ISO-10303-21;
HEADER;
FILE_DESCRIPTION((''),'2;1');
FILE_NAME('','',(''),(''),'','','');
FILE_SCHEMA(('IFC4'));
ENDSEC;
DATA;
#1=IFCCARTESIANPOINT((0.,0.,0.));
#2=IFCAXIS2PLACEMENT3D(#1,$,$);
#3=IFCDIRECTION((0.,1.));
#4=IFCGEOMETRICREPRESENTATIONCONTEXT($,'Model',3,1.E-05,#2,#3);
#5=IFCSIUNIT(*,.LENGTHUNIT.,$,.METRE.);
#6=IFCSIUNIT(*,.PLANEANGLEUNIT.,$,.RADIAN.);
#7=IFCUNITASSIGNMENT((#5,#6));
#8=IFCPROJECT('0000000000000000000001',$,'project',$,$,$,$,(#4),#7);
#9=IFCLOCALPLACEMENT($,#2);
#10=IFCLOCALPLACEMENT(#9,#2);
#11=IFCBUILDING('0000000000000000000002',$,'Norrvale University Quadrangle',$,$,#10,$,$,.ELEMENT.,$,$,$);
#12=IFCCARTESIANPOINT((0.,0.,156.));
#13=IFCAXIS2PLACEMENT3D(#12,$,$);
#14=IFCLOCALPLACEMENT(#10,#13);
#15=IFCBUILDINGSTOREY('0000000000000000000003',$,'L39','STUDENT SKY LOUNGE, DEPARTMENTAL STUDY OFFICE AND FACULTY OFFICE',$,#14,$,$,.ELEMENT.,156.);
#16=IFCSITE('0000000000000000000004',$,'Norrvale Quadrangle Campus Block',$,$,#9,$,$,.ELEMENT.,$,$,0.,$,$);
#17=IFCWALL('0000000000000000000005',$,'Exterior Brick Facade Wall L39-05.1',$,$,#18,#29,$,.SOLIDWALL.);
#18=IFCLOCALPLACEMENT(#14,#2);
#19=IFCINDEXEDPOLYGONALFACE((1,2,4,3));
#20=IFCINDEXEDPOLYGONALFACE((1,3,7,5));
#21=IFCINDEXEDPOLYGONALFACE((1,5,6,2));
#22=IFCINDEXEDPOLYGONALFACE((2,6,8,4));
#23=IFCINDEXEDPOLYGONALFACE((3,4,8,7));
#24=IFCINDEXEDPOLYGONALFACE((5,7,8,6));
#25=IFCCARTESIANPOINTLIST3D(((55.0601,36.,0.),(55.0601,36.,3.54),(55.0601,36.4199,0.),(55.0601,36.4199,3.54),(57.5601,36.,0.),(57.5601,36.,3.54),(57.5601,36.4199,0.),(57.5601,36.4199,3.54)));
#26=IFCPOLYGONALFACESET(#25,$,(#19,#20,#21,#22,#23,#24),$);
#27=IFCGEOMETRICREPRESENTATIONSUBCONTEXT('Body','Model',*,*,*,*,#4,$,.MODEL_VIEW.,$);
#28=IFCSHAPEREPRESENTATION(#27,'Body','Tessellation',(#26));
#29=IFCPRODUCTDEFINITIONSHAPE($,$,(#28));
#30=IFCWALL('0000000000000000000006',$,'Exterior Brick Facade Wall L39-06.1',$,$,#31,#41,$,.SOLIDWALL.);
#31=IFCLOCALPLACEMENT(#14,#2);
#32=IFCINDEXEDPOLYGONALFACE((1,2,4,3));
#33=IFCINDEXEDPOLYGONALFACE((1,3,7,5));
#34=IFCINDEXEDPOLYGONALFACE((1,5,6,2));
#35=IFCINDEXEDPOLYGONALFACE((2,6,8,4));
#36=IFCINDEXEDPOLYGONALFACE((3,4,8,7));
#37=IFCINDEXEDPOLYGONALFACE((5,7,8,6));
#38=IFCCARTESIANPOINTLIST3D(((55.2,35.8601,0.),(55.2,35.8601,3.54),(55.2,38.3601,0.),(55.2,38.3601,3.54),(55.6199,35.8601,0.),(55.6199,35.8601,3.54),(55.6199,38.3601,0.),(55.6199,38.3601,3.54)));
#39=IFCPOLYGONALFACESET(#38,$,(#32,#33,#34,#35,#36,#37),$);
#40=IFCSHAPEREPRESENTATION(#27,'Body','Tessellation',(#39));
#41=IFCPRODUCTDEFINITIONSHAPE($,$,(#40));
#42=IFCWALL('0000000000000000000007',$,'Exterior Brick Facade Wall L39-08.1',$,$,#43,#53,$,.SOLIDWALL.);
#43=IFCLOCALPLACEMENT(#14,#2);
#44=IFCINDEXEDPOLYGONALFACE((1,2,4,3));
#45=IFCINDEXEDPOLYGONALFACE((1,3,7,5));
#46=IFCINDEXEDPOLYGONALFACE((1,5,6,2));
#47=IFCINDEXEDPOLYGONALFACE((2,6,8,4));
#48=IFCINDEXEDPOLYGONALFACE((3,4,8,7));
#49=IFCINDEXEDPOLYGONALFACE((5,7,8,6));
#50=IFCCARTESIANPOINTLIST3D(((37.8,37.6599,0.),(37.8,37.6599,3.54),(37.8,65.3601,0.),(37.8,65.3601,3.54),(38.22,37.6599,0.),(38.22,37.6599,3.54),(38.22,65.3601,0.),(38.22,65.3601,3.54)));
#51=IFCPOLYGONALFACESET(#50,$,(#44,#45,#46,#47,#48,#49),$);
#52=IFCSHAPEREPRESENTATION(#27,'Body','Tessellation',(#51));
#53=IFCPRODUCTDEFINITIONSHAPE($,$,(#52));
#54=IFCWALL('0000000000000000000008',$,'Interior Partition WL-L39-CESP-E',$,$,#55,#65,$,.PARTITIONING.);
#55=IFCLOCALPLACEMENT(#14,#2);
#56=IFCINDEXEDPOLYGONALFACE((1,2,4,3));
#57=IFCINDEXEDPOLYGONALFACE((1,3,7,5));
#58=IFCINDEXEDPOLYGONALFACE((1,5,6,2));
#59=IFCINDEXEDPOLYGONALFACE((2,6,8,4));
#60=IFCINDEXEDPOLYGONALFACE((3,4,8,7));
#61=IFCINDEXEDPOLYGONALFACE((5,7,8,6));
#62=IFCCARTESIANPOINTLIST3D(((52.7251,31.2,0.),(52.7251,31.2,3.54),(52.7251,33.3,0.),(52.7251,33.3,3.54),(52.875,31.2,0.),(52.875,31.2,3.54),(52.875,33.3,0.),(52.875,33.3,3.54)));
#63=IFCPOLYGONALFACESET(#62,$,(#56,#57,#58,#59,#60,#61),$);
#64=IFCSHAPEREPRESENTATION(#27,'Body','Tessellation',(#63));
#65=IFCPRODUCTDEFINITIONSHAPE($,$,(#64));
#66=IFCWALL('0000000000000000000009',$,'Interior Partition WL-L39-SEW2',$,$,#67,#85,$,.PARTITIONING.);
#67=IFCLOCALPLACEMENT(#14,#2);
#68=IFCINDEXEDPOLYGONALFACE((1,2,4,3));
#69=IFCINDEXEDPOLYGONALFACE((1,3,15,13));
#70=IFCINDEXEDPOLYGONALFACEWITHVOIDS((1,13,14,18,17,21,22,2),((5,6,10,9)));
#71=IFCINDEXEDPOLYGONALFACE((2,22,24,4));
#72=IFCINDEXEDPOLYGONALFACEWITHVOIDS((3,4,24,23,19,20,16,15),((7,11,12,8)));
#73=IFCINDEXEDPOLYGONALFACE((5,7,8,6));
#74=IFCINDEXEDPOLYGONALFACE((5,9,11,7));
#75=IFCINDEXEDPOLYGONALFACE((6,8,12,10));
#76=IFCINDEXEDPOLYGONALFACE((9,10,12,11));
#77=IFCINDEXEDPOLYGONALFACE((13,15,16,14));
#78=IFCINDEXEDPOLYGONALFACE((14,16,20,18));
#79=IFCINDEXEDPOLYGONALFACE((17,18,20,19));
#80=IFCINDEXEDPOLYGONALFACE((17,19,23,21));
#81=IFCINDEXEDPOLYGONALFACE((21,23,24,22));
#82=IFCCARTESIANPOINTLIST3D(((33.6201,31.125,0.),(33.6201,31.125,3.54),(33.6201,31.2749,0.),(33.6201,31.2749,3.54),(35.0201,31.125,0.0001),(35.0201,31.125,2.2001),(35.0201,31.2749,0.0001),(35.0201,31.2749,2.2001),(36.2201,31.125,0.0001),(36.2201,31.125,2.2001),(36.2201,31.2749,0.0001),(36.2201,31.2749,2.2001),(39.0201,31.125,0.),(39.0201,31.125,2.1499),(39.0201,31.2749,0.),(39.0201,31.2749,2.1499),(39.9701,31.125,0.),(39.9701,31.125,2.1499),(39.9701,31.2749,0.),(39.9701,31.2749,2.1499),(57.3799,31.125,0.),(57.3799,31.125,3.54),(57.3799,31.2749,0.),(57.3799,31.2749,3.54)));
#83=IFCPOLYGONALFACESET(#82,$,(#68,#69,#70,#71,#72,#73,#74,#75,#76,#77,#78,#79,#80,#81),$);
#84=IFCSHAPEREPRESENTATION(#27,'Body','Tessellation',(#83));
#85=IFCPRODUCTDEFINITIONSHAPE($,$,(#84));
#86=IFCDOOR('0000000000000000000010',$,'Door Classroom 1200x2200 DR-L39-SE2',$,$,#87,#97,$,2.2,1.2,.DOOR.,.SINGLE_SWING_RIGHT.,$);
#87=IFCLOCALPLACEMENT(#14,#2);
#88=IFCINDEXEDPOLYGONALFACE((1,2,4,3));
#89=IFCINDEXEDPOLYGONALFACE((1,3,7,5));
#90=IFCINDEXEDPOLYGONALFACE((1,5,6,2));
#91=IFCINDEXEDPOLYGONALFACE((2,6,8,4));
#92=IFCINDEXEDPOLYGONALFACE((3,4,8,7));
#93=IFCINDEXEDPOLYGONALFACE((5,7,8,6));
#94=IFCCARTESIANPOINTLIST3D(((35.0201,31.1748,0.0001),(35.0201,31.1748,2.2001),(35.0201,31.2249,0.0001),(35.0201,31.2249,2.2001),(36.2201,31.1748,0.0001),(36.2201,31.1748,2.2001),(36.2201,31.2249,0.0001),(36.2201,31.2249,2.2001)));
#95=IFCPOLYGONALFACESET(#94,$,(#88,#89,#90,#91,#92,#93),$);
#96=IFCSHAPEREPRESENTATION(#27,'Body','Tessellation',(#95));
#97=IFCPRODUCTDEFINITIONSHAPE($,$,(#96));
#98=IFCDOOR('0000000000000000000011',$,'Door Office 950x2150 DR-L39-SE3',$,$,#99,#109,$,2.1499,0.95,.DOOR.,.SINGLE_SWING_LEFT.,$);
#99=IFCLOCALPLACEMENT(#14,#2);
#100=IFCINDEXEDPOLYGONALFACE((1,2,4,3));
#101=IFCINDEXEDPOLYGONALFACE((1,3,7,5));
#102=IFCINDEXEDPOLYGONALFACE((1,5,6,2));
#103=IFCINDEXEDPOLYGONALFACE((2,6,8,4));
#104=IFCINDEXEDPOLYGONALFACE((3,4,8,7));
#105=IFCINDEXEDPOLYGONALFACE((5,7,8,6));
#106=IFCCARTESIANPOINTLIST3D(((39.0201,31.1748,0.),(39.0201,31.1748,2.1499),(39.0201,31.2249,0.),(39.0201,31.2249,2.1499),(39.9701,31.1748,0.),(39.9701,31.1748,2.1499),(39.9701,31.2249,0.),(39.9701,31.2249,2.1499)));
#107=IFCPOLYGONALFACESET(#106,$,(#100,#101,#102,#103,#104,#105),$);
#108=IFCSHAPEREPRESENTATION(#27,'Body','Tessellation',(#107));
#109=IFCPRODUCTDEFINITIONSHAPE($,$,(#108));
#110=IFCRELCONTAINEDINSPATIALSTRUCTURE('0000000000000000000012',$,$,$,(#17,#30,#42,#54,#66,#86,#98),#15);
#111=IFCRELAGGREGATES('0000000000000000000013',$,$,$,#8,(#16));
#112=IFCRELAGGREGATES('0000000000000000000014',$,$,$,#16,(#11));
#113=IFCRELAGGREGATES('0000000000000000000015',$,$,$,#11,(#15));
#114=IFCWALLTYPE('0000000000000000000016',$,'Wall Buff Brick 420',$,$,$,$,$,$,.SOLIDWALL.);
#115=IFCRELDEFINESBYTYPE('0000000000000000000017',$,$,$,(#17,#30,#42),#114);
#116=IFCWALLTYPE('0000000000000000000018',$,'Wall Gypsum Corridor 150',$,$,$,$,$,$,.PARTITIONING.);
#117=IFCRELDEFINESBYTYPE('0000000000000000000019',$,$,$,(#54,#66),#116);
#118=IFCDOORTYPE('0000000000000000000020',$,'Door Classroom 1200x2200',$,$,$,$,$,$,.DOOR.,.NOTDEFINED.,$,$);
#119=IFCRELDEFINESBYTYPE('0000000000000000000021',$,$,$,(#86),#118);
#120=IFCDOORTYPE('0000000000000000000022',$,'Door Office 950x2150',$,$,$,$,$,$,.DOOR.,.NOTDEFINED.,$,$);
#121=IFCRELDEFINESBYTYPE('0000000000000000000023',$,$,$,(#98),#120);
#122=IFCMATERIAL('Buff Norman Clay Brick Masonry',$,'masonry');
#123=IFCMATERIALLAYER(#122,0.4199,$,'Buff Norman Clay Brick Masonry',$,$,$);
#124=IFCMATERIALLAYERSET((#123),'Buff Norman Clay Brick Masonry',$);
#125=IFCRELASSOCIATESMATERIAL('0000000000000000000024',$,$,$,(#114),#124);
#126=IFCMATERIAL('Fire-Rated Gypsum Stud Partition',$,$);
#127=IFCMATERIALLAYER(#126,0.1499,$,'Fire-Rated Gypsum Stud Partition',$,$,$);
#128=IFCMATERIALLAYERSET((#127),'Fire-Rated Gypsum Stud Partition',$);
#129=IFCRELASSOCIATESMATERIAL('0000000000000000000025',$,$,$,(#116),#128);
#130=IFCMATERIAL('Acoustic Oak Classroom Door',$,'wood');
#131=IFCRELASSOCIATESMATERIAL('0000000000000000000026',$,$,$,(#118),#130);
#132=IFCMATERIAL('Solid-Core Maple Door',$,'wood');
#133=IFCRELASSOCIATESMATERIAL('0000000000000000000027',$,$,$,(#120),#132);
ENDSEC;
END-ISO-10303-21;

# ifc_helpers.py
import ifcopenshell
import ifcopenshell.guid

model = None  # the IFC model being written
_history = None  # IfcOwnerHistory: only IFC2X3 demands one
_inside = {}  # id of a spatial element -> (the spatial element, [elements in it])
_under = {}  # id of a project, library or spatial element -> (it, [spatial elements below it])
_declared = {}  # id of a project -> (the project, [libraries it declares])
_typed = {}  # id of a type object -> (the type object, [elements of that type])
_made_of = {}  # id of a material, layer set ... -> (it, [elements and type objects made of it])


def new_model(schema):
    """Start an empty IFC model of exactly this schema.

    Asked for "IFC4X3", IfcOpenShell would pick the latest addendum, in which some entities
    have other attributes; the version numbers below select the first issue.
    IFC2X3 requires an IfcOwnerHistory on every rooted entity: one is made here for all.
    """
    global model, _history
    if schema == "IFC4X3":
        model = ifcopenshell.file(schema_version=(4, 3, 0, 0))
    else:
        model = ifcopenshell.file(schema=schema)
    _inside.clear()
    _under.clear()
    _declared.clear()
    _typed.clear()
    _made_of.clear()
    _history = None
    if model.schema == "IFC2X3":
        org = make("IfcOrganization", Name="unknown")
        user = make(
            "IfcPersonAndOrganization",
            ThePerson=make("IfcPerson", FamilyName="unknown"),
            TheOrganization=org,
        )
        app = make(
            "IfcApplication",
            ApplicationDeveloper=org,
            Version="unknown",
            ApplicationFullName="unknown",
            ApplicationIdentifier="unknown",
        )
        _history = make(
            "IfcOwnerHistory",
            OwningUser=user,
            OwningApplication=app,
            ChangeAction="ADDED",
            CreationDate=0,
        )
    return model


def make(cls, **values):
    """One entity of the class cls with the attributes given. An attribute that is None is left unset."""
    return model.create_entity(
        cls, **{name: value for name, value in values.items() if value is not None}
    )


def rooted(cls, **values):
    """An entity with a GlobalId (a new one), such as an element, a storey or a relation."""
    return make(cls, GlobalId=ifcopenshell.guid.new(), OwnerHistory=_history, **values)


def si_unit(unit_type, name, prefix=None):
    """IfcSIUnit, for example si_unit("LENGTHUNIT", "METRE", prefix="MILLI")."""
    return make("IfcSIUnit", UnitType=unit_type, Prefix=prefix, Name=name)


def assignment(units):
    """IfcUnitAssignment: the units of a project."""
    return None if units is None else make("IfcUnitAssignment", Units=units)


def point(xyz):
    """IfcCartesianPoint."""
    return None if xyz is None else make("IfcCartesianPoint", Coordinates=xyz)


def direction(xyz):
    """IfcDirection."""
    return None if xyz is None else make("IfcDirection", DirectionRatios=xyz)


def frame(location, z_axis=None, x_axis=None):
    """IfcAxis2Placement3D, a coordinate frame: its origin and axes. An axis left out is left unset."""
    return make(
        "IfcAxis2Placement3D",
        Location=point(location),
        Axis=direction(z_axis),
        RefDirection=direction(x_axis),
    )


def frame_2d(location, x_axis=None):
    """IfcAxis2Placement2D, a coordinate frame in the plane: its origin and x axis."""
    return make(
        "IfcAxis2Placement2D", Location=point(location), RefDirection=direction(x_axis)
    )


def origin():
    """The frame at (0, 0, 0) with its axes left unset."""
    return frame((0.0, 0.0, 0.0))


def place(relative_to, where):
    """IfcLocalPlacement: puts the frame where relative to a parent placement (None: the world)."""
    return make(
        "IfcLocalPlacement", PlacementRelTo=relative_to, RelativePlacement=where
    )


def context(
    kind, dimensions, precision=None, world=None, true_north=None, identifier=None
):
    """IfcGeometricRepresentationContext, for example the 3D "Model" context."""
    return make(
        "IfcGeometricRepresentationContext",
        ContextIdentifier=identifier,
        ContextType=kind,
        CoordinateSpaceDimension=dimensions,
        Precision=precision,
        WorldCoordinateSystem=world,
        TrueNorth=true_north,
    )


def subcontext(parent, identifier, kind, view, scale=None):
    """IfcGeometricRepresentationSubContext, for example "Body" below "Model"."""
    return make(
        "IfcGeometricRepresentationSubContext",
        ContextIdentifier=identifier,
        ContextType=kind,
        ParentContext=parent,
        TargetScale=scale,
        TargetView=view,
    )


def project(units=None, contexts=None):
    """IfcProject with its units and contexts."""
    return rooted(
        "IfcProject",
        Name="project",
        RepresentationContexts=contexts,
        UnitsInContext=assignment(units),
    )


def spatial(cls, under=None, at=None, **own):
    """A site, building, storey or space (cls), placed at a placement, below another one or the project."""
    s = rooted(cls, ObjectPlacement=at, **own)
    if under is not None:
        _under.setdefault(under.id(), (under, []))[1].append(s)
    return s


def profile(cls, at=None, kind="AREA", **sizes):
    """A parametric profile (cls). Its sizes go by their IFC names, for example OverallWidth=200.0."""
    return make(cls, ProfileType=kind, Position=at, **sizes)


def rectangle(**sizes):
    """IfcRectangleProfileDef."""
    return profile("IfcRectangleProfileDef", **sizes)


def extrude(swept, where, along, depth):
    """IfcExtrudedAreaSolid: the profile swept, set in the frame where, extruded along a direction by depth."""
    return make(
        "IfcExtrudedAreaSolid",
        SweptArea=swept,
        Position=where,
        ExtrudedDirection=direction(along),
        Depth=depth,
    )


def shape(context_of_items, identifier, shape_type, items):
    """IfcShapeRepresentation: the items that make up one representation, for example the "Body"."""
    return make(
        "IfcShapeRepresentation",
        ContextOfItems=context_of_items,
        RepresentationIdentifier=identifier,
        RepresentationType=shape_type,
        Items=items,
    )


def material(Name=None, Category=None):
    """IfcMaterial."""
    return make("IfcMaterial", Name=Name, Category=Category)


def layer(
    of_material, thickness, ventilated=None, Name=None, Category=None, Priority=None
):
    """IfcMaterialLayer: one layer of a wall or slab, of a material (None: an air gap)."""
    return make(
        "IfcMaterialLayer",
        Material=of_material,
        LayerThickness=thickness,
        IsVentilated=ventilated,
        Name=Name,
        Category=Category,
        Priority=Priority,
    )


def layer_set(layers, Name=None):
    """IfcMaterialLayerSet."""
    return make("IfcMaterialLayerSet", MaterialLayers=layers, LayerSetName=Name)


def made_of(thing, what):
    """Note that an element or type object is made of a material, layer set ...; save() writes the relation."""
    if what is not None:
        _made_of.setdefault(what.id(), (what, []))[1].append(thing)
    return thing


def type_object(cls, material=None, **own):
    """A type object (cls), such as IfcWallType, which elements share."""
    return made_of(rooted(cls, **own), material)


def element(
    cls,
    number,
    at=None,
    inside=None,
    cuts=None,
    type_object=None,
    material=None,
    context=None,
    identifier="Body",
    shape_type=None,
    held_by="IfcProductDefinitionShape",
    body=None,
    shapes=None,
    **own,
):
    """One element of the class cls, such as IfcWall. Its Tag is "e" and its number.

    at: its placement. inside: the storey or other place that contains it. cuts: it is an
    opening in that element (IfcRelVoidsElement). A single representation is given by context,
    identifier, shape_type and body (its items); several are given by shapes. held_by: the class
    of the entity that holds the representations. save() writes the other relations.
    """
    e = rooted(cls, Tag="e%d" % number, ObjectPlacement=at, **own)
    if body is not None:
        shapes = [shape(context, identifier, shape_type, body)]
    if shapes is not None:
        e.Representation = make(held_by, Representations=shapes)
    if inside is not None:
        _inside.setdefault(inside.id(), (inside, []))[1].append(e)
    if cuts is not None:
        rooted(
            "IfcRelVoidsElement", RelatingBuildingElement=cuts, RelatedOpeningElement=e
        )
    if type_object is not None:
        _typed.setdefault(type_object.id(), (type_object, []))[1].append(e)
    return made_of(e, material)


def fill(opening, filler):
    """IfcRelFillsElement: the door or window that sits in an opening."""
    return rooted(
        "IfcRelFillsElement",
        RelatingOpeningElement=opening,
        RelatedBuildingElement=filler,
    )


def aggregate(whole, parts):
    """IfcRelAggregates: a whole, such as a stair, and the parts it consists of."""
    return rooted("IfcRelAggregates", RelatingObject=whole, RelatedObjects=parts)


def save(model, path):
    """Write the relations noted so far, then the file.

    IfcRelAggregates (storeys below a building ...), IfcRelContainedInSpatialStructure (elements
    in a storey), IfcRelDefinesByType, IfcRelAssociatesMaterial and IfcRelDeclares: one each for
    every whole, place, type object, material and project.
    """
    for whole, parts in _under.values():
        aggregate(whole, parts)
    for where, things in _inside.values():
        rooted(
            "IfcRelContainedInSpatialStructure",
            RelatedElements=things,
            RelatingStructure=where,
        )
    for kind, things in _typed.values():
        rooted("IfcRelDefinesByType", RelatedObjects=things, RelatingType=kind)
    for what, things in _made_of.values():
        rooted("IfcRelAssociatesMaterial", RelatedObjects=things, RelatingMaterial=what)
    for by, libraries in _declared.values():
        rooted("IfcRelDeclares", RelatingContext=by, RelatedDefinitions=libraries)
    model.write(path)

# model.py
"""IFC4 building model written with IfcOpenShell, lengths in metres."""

from ifc_helpers import new_model, si_unit, direction, frame, frame_2d, origin, place, context, subcontext, project, spatial, rectangle, extrude, material, layer, layer_set, type_object, element, fill, save


model = new_model("IFC4")

# Units and contexts
model_context = context("Model", 3, precision=1e-05, world=origin(), true_north=direction((0.0, 1.0)))
body_context = subcontext(model_context, "Body", "Model", "MODEL_VIEW")
ifc_project = project(units=[si_unit("LENGTHUNIT", "METRE"), si_unit("PLANEANGLEUNIT", "RADIAN")], contexts=[model_context])

# Site, building, storey
site_placement = place(None, origin())
site = spatial("IfcSite", under=ifc_project, at=site_placement, Name="Norrvale Quadrangle Campus Block", CompositionType="ELEMENT", RefElevation=0.0)
building_placement = place(site_placement, origin())
building = spatial("IfcBuilding", under=site, at=building_placement, Name="Norrvale University Quadrangle", CompositionType="ELEMENT")
storey_placement = place(building_placement, frame((0.0, 0.0, 156.0)))
storey = spatial("IfcBuildingStorey", under=building, at=storey_placement, Name="L39", Description="STUDENT SKY LOUNGE, DEPARTMENTAL STUDY OFFICE AND FACULTY OFFICE", CompositionType="ELEMENT", Elevation=156.0)

# Walls
ifc_material_1 = material(Name="Buff Norman Clay Brick Masonry", Category="masonry")
ifc_layer_1 = layer(ifc_material_1, 0.4199, Name="Buff Norman Clay Brick Masonry")
ifc_layer_set_1 = layer_set([ifc_layer_1], Name="Buff Norman Clay Brick Masonry")
wall_type_1 = type_object("IfcWallType", Name="Wall Buff Brick 420", PredefinedType="SOLIDWALL", material=ifc_layer_set_1)
for number, where, z_axis, x_axis, name in (
    (1, (57.5601, 36.21, 0.0), (0.0, 0.0, 1.0), (-1.0, 0.0, 0.0), "Exterior Brick Facade Wall L39-05.1"),
    (2, (55.4099, 35.8601, 0.0), (0.0, 0.0, 1.0), (0.0, 1.0, 0.0), "Exterior Brick Facade Wall L39-06.1"),
):
    element("IfcWall", number, at=place(storey_placement, frame(where, z_axis=z_axis, x_axis=x_axis)), inside=storey, type_object=wall_type_1, Name=name, PredefinedType="SOLIDWALL", context=body_context, shape_type="SweptSolid", body=[
        extrude(rectangle(XDim=2.5, YDim=0.4199, at=frame_2d((1.25, 0.0))), origin(), (0.0, 0.0, 1.0), 3.54),
    ])
wall_1_placement = place(storey_placement, frame((38.01, 37.6599, 0.0), z_axis=(0.0, 0.0, 1.0), x_axis=(0.0, 1.0, 0.0)))
element("IfcWall", 3, at=wall_1_placement, inside=storey, type_object=wall_type_1, Name="Exterior Brick Facade Wall L39-08.1", PredefinedType="SOLIDWALL", context=body_context, shape_type="SweptSolid", body=[
    extrude(rectangle(XDim=27.7002, YDim=0.4199, at=frame_2d((13.8501, 0.0))), origin(), (0.0, 0.0, 1.0), 3.54),
])
ifc_material_2 = material(Name="Fire-Rated Gypsum Stud Partition")
ifc_layer_2 = layer(ifc_material_2, 0.1499, Name="Fire-Rated Gypsum Stud Partition")
ifc_layer_set_2 = layer_set([ifc_layer_2], Name="Fire-Rated Gypsum Stud Partition")
wall_type_2 = type_object("IfcWallType", Name="Wall Gypsum Corridor 150", PredefinedType="PARTITIONING", material=ifc_layer_set_2)
wall_2_placement = place(storey_placement, frame((52.8, 31.2, 0.0), z_axis=(0.0, 0.0, 1.0), x_axis=(0.0, 1.0, 0.0)))
element("IfcWall", 4, at=wall_2_placement, inside=storey, type_object=wall_type_2, Name="Interior Partition WL-L39-CESP-E", PredefinedType="PARTITIONING", context=body_context, shape_type="SweptSolid", body=[
    extrude(rectangle(XDim=2.1001, YDim=0.1499, at=frame_2d((1.05, 0.0))), origin(), (0.0, 0.0, 1.0), 3.54),
])

# Wall, openings, doors
wall_3_placement = place(storey_placement, frame((33.6201, 31.2, 0.0), z_axis=(0.0, 0.0, 1.0), x_axis=(1.0, 0.0, 0.0)))
wall_3 = element("IfcWall", 5, at=wall_3_placement, inside=storey, type_object=wall_type_2, Name="Interior Partition WL-L39-SEW2", PredefinedType="PARTITIONING", context=body_context, shape_type="SweptSolid", body=[
    extrude(rectangle(XDim=23.7598, YDim=0.1499, at=frame_2d((11.8799, 0.0))), origin(), (0.0, 0.0, 1.0), 3.54),
])
opening_1_placement = place(wall_3_placement, frame((1.3999, 0.0, 0.0)))
opening_1 = element("IfcOpeningElement", 6, at=opening_1_placement, cuts=wall_3, PredefinedType="OPENING", context=body_context, shape_type="SweptSolid", body=[
    extrude(rectangle(XDim=1.2, YDim=2.2, at=frame_2d((0.6001, 1.1001))), frame((0.0, 0.0869, 0.0), z_axis=(0.0, -1.0, 0.0), x_axis=(1.0, 0.0, 0.0)), (0.0, 0.0, 1.0), 0.1738),
])
opening_2_placement = place(wall_3_placement, frame((5.3999, 0.0, 0.0)))
opening_2 = element("IfcOpeningElement", 7, at=opening_2_placement, cuts=wall_3, PredefinedType="OPENING", context=body_context, shape_type="SweptSolid", body=[
    extrude(rectangle(XDim=0.95, YDim=2.1499, at=frame_2d((0.4751, 1.075))), frame((0.0, 0.0869, 0.0), z_axis=(0.0, -1.0, 0.0), x_axis=(1.0, 0.0, 0.0)), (0.0, 0.0, 1.0), 0.1738),
])
ifc_material_3 = material(Name="Acoustic Oak Classroom Door", Category="wood")
door_type_1 = type_object("IfcDoorType", Name="Door Classroom 1200x2200", OperationType="NOTDEFINED", PredefinedType="DOOR", material=ifc_material_3)
door_1_placement = place(opening_1_placement, origin())
door_1 = element("IfcDoor", 8, at=door_1_placement, inside=storey, type_object=door_type_1, Name="Door Classroom 1200x2200 DR-L39-SE2", OperationType="SINGLE_SWING_RIGHT", OverallHeight=2.2, OverallWidth=1.2, PredefinedType="DOOR", context=body_context, shape_type="SweptSolid", body=[
    extrude(rectangle(XDim=1.2, YDim=2.2, at=frame_2d((0.6001, 1.1001))), frame((0.0, 0.0249, 0.0), z_axis=(0.0, -1.0, 0.0), x_axis=(1.0, 0.0, 0.0)), (0.0, 0.0, 1.0), 0.05),
])
fill(opening_1, door_1)
ifc_material_4 = material(Name="Solid-Core Maple Door", Category="wood")
door_type_2 = type_object("IfcDoorType", Name="Door Office 950x2150", OperationType="NOTDEFINED", PredefinedType="DOOR", material=ifc_material_4)
door_2_placement = place(opening_2_placement, origin())
door_2 = element("IfcDoor", 9, at=door_2_placement, inside=storey, type_object=door_type_2, Name="Door Office 950x2150 DR-L39-SE3", OperationType="SINGLE_SWING_LEFT", OverallHeight=2.1499, OverallWidth=0.95, PredefinedType="DOOR", context=body_context, shape_type="SweptSolid", body=[
    extrude(rectangle(XDim=0.95, YDim=2.1499, at=frame_2d((0.4751, 1.075))), frame((0.0, 0.0249, 0.0), z_axis=(0.0, -1.0, 0.0), x_axis=(1.0, 0.0, 0.0)), (0.0, 0.0, 1.0), 0.05),
])
fill(opening_2, door_2)

save(model, "model.ifc")
